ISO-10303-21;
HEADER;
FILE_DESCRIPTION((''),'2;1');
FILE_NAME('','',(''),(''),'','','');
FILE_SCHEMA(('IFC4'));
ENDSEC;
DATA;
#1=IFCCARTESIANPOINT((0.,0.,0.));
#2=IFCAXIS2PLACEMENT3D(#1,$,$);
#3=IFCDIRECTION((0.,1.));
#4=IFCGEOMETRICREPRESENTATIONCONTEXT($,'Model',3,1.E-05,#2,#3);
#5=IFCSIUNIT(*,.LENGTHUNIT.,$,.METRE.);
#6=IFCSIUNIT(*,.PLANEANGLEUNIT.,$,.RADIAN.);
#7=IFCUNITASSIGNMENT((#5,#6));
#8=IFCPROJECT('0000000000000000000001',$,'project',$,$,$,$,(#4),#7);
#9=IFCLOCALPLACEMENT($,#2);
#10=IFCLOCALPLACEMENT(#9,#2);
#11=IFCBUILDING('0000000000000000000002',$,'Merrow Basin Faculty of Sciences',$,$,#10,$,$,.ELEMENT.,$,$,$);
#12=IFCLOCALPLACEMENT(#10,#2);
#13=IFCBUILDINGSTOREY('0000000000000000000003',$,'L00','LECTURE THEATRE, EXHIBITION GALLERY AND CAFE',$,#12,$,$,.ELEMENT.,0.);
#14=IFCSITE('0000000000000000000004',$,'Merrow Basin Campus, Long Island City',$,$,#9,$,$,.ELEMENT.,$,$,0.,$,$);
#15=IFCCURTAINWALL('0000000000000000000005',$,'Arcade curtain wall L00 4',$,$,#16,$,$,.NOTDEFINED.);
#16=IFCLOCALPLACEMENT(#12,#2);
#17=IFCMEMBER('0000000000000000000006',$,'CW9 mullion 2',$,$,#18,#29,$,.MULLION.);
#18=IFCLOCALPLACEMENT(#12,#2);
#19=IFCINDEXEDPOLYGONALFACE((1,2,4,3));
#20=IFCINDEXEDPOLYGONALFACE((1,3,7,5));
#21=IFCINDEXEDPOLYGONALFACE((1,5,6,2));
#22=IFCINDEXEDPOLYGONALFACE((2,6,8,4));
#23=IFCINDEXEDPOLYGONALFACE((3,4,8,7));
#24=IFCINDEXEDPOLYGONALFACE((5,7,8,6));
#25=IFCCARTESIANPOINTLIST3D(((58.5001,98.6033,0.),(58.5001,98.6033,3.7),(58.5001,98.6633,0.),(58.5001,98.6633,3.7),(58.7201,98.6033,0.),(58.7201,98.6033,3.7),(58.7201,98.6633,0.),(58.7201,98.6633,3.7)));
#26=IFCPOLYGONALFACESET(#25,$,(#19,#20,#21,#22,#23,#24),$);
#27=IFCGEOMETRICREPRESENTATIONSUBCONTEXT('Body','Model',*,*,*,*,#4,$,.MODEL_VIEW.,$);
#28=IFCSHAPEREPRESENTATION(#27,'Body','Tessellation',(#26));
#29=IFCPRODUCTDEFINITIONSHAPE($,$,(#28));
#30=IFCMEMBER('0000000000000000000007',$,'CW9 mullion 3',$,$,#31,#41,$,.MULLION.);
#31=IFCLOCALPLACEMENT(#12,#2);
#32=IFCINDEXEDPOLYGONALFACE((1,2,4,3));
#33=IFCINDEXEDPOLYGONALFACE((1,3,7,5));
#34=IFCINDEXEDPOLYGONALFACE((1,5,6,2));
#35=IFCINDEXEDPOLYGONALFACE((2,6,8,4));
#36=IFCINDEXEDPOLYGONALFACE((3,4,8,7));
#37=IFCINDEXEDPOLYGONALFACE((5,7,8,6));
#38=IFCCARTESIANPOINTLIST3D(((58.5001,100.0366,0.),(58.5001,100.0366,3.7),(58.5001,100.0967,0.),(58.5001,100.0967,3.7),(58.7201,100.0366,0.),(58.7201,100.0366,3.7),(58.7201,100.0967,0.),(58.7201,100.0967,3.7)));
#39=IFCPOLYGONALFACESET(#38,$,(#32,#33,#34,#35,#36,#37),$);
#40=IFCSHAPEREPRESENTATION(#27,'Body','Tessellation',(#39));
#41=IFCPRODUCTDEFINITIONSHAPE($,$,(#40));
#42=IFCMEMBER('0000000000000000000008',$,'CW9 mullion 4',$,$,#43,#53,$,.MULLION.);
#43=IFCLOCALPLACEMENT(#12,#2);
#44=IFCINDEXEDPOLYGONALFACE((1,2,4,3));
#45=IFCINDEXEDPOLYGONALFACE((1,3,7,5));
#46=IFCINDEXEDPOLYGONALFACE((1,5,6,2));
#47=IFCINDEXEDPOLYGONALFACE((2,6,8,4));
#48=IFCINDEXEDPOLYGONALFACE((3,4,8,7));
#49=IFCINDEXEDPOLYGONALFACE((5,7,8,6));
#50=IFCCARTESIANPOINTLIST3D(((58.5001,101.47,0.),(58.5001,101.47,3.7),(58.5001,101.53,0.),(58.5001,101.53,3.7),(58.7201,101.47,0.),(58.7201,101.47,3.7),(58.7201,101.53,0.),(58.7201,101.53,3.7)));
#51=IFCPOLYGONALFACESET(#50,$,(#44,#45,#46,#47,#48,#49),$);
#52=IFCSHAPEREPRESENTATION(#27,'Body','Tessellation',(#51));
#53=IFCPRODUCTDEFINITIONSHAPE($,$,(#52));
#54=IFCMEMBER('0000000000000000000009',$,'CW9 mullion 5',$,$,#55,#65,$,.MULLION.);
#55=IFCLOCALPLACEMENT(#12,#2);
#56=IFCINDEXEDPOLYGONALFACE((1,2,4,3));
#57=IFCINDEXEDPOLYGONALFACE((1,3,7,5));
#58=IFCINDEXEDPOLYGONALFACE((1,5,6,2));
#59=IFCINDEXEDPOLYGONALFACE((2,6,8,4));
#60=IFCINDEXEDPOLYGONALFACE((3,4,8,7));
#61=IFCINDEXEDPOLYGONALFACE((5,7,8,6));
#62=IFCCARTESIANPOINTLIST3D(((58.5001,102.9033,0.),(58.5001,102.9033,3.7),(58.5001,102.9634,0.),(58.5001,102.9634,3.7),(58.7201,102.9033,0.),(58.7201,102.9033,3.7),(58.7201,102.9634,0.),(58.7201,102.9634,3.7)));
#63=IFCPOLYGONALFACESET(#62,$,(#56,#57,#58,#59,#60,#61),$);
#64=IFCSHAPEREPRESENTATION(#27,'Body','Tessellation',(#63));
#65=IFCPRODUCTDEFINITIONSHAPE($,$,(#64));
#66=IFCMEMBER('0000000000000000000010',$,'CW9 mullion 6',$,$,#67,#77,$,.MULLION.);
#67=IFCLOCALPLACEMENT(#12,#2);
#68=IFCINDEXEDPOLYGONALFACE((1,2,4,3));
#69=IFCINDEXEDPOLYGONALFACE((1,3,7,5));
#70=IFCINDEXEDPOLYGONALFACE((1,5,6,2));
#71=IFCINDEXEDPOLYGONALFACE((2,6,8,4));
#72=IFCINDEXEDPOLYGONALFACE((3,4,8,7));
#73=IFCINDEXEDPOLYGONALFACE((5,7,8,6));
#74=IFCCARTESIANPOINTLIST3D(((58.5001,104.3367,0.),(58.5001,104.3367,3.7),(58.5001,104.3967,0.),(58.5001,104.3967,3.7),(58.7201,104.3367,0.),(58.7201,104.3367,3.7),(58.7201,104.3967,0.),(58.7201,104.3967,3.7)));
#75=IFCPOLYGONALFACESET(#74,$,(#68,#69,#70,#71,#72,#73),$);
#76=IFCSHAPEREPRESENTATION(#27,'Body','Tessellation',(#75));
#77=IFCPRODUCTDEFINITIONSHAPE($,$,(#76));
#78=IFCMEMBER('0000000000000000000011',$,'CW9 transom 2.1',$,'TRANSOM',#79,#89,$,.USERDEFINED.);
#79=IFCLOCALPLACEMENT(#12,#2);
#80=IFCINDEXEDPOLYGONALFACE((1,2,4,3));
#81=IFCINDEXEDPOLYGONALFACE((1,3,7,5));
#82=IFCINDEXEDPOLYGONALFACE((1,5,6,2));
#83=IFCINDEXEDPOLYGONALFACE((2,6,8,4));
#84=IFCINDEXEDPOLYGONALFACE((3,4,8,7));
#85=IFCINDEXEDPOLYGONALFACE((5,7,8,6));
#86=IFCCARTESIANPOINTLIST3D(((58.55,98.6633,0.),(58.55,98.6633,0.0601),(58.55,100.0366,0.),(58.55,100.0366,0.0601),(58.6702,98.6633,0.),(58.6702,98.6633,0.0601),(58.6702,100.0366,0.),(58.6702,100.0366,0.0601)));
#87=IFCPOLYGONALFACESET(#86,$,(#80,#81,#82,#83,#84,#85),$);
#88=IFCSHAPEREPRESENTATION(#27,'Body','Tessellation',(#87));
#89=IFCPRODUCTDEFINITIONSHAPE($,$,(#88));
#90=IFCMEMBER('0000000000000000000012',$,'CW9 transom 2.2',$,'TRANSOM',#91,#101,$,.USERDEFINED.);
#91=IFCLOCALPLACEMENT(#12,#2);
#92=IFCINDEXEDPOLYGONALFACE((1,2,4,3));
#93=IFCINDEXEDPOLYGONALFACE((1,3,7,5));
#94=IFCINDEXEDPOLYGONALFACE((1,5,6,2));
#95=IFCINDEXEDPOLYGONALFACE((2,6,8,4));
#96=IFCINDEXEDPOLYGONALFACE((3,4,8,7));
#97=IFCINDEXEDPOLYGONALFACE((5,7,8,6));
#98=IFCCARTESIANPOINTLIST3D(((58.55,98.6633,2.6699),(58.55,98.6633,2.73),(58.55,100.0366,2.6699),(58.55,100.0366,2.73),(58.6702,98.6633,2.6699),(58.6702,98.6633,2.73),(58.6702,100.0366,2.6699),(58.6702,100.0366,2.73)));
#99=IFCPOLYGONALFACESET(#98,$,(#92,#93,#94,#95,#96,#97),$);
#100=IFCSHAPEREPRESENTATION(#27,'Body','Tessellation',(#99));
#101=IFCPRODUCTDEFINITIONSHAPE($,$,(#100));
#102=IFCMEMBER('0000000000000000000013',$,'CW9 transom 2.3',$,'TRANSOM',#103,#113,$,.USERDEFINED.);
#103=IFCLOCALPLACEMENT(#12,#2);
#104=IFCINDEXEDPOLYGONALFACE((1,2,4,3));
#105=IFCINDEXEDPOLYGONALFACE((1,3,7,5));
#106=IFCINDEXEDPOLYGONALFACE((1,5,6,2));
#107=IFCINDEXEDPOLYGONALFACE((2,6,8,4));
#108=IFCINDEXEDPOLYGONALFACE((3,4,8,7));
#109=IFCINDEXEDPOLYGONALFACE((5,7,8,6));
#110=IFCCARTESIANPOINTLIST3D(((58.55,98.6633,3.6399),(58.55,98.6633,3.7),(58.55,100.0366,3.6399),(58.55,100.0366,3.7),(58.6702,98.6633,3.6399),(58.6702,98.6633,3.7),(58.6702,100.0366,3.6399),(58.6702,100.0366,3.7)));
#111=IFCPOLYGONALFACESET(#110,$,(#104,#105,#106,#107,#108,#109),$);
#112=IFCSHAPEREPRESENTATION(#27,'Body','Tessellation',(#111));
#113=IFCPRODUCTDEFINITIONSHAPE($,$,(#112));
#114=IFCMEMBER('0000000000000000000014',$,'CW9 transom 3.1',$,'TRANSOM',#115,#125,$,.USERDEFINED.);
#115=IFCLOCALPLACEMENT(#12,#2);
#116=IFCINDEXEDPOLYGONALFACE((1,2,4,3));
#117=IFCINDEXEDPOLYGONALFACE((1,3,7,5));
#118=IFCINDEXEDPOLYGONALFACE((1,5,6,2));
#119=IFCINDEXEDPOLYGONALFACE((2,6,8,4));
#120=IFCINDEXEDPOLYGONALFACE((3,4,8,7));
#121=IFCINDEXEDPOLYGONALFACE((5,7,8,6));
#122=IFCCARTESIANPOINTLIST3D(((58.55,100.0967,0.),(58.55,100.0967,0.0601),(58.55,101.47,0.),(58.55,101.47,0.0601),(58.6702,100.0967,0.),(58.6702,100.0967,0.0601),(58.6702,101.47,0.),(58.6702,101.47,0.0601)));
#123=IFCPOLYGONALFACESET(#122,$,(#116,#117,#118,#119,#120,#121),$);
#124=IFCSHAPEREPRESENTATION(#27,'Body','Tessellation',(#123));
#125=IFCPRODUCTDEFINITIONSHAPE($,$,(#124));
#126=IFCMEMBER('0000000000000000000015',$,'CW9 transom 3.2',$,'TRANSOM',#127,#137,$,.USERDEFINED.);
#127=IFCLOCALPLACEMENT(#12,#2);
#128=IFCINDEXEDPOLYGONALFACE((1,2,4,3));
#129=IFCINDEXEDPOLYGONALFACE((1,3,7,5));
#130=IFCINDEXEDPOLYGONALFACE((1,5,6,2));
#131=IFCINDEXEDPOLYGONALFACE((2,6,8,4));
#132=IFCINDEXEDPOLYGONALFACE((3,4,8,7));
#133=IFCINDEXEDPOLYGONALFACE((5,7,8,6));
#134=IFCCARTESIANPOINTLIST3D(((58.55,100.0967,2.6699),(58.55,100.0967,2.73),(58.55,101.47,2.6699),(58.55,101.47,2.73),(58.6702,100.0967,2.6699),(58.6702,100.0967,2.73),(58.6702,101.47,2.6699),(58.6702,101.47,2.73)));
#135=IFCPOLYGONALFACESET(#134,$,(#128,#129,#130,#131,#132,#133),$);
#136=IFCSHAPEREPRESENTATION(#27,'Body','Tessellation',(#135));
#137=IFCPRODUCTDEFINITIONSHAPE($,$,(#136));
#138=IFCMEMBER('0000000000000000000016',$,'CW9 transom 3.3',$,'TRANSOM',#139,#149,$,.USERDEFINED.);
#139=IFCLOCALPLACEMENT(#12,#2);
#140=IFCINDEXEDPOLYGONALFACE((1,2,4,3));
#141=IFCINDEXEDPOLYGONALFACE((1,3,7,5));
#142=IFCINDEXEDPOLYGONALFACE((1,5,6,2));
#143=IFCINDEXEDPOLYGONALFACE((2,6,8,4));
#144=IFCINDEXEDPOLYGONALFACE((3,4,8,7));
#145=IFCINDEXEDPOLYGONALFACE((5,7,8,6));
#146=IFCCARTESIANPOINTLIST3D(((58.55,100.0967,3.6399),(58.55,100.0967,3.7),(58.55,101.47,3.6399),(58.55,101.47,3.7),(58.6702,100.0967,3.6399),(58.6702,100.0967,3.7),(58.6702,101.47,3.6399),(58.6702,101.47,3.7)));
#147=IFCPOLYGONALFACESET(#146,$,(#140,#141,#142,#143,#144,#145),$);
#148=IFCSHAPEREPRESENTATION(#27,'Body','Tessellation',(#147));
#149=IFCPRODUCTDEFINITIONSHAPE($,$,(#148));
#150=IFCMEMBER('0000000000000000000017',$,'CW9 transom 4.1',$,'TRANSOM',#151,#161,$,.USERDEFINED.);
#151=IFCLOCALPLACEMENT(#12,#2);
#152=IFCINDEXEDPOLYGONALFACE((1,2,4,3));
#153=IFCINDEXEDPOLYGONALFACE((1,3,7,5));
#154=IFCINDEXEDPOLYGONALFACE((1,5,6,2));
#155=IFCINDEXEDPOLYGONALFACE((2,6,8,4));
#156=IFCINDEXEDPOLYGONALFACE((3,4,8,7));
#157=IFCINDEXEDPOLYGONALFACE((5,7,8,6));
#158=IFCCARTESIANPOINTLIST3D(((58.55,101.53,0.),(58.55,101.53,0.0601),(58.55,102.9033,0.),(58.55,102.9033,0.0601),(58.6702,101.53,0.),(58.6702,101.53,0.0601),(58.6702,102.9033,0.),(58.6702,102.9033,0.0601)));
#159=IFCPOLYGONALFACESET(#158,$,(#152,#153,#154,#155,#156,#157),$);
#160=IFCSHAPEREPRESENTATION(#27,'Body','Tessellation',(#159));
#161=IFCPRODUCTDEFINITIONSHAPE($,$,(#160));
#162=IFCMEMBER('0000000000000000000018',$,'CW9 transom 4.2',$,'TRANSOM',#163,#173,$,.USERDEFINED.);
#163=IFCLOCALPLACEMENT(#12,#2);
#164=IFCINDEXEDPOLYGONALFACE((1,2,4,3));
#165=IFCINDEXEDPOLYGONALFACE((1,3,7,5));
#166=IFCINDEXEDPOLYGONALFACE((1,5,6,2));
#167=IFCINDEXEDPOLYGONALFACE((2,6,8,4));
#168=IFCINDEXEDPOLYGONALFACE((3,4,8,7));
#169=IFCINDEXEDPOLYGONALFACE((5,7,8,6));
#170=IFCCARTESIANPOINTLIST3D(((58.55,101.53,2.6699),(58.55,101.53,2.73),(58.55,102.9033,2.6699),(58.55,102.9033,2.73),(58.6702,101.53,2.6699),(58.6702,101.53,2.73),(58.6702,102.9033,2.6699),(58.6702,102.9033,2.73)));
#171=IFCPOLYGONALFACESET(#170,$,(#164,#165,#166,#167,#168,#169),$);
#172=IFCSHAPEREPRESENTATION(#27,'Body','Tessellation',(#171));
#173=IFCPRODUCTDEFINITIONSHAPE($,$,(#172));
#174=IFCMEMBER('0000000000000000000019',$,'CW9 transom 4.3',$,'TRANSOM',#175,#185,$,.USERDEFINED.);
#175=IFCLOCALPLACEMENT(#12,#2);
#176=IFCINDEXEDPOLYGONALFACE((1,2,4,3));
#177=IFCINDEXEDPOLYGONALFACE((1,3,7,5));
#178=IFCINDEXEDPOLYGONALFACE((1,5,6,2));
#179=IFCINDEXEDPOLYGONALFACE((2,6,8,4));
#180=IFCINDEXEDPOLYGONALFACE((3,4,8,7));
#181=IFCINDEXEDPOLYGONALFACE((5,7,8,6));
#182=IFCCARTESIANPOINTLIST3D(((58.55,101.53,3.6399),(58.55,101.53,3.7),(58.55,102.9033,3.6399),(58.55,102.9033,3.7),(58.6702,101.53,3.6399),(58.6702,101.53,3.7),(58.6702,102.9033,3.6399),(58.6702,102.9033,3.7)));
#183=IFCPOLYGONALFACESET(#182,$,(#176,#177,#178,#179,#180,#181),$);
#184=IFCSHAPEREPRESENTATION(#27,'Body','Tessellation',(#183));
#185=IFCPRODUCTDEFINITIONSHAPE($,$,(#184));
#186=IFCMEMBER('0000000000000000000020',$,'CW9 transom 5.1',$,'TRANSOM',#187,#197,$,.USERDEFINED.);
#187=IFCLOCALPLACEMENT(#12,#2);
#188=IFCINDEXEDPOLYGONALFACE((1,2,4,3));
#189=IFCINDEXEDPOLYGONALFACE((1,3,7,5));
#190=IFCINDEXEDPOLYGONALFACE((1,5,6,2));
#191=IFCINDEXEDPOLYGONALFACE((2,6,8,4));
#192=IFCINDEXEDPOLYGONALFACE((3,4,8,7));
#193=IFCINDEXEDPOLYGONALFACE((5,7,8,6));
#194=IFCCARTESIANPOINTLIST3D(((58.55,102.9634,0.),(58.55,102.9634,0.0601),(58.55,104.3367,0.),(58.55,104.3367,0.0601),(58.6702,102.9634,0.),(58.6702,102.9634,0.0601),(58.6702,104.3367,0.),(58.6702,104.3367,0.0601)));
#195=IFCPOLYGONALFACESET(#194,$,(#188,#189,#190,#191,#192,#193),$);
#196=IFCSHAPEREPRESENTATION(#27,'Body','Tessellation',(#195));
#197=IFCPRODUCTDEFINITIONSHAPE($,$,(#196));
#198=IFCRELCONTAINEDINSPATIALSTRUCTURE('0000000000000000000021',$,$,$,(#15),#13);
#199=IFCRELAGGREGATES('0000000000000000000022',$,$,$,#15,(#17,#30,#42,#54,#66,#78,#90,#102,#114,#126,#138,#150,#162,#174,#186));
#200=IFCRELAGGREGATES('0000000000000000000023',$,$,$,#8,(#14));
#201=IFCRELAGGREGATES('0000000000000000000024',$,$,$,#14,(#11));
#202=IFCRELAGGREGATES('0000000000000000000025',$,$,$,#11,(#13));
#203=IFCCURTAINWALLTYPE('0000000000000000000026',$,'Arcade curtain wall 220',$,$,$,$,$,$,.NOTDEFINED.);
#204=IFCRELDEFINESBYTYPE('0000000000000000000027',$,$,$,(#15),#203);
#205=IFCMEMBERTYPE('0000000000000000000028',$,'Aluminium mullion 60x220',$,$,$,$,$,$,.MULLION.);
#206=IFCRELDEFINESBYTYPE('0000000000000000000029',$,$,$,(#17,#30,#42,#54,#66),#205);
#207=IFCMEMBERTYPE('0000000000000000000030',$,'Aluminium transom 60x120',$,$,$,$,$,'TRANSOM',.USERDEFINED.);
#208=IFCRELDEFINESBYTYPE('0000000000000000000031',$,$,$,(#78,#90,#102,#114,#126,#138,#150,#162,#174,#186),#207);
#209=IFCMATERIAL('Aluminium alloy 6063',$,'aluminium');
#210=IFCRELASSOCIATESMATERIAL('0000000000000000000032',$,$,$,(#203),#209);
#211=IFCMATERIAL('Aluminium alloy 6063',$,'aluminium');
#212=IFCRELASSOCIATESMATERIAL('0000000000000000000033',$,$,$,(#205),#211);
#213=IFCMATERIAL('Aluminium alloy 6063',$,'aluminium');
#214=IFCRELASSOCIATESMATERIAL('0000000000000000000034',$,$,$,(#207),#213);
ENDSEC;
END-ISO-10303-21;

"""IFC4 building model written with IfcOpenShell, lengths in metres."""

from ifc_helpers import new_model, si_unit, direction, frame, origin, origin_2d, place, context, subcontext, project, spatial, rectangle, extrude, material, material_profile, profile_set, type_object, element, aggregate, save


model = new_model("IFC4")

# Units and contexts
model_context = context("Model", 3, precision=1e-05, world=origin(), true_north=direction((0.0, 1.0)))
body_context = subcontext(model_context, "Body", "Model", "MODEL_VIEW")
ifc_project = project(units=[si_unit("LENGTHUNIT", "METRE"), si_unit("PLANEANGLEUNIT", "RADIAN")], contexts=[model_context])

# Site, building, storey
site_placement = place(None, origin())
site = spatial("IfcSite", under=ifc_project, at=site_placement, Name="Merrow Basin Campus, Long Island City", CompositionType="ELEMENT", RefElevation=0.0)
building_placement = place(site_placement, origin())
building = spatial("IfcBuilding", under=site, at=building_placement, Name="Merrow Basin Faculty of Sciences", CompositionType="ELEMENT")
storey_placement = place(building_placement, origin())
storey = spatial("IfcBuildingStorey", under=building, at=storey_placement, Name="L00", Description="LECTURE THEATRE, EXHIBITION GALLERY AND CAFE", CompositionType="ELEMENT", Elevation=0.0)

# Curtain wall, members
ifc_material_1 = material(Name="Aluminium alloy 6063", Category="aluminium")
curtain_wall_type = type_object("IfcCurtainWallType", Name="Arcade curtain wall 220", PredefinedType="NOTDEFINED", material=ifc_material_1)
curtain_wall_placement = place(storey_placement, origin())
curtain_wall = element("IfcCurtainWall", 1, at=curtain_wall_placement, inside=storey, type_object=curtain_wall_type, Name="Arcade curtain wall L00 4", PredefinedType="NOTDEFINED")
ifc_material_2 = material(Name="Aluminium alloy 6063", Category="aluminium")
ifc_material_profile_1 = material_profile(ifc_material_2, rectangle(XDim=0.22, YDim=0.0601, at=origin_2d()))
ifc_profile_set_1 = profile_set([ifc_material_profile_1], Name="Aluminium alloy 6063")
member_type_1 = type_object("IfcMemberType", Name="Aluminium mullion 60x220", PredefinedType="MULLION", material=ifc_profile_set_1)
member_1_placement = place(storey_placement, frame((58.6101, 98.6333, 0.0), z_axis=(0.0, 0.0, 1.0), x_axis=(-1.0, 0.0, 0.0)))
member_1 = element("IfcMember", 2, at=member_1_placement, type_object=member_type_1, Name="CW9 mullion 2", PredefinedType="MULLION", context=body_context, shape_type="SweptSolid", body=[
    extrude(rectangle(XDim=0.22, YDim=0.0601, at=origin_2d()), origin(), (0.0, 0.0, 1.0), 3.7),
])
member_2_placement = place(storey_placement, frame((58.6101, 100.0667, 0.0), z_axis=(0.0, 0.0, 1.0), x_axis=(-1.0, 0.0, 0.0)))
member_2 = element("IfcMember", 3, at=member_2_placement, type_object=member_type_1, Name="CW9 mullion 3", PredefinedType="MULLION", context=body_context, shape_type="SweptSolid", body=[
    extrude(rectangle(XDim=0.22, YDim=0.0601, at=origin_2d()), origin(), (0.0, 0.0, 1.0), 3.7),
])
member_3_placement = place(storey_placement, frame((58.6101, 101.5, 0.0), z_axis=(0.0, 0.0, 1.0), x_axis=(-1.0, 0.0, 0.0)))
member_3 = element("IfcMember", 4, at=member_3_placement, type_object=member_type_1, Name="CW9 mullion 4", PredefinedType="MULLION", context=body_context, shape_type="SweptSolid", body=[
    extrude(rectangle(XDim=0.22, YDim=0.0601, at=origin_2d()), origin(), (0.0, 0.0, 1.0), 3.7),
])
member_4_placement = place(storey_placement, frame((58.6101, 102.9333, 0.0), z_axis=(0.0, 0.0, 1.0), x_axis=(-1.0, 0.0, 0.0)))
member_4 = element("IfcMember", 5, at=member_4_placement, type_object=member_type_1, Name="CW9 mullion 5", PredefinedType="MULLION", context=body_context, shape_type="SweptSolid", body=[
    extrude(rectangle(XDim=0.22, YDim=0.0601, at=origin_2d()), origin(), (0.0, 0.0, 1.0), 3.7),
])
member_5_placement = place(storey_placement, frame((58.6101, 104.3667, 0.0), z_axis=(0.0, 0.0, 1.0), x_axis=(-1.0, 0.0, 0.0)))
member_5 = element("IfcMember", 6, at=member_5_placement, type_object=member_type_1, Name="CW9 mullion 6", PredefinedType="MULLION", context=body_context, shape_type="SweptSolid", body=[
    extrude(rectangle(XDim=0.22, YDim=0.0601, at=origin_2d()), origin(), (0.0, 0.0, 1.0), 3.7),
])
ifc_material_3 = material(Name="Aluminium alloy 6063", Category="aluminium")
ifc_material_profile_2 = material_profile(ifc_material_3, rectangle(XDim=0.1201, YDim=0.0601, at=origin_2d()))
ifc_profile_set_2 = profile_set([ifc_material_profile_2], Name="Aluminium alloy 6063")
member_type_2 = type_object("IfcMemberType", Name="Aluminium transom 60x120", ElementType="TRANSOM", PredefinedType="USERDEFINED", material=ifc_profile_set_2)
member_6_placement = place(storey_placement, frame((58.6101, 98.6633, 0.03), z_axis=(0.0, 1.0, 0.0), x_axis=(-1.0, 0.0, 0.0)))
member_6 = element("IfcMember", 7, at=member_6_placement, type_object=member_type_2, Name="CW9 transom 2.1", ObjectType="TRANSOM", PredefinedType="USERDEFINED", context=body_context, shape_type="SweptSolid", body=[
    extrude(rectangle(XDim=0.1201, YDim=0.0601, at=origin_2d()), origin(), (0.0, 0.0, 1.0), 1.3733),
])
member_7_placement = place(storey_placement, frame((58.6101, 98.6633, 2.7), z_axis=(0.0, 1.0, 0.0), x_axis=(-1.0, 0.0, 0.0)))
member_7 = element("IfcMember", 8, at=member_7_placement, type_object=member_type_2, Name="CW9 transom 2.2", ObjectType="TRANSOM", PredefinedType="USERDEFINED", context=body_context, shape_type="SweptSolid", body=[
    extrude(rectangle(XDim=0.1201, YDim=0.0601, at=origin_2d()), origin(), (0.0, 0.0, 1.0), 1.3733),
])
member_8_placement = place(storey_placement, frame((58.6101, 98.6633, 3.6699), z_axis=(0.0, 1.0, 0.0), x_axis=(-1.0, 0.0, 0.0)))
member_8 = element("IfcMember", 9, at=member_8_placement, type_object=member_type_2, Name="CW9 transom 2.3", ObjectType="TRANSOM", PredefinedType="USERDEFINED", context=body_context, shape_type="SweptSolid", body=[
    extrude(rectangle(XDim=0.1201, YDim=0.0601, at=origin_2d()), origin(), (0.0, 0.0, 1.0), 1.3733),
])
member_9_placement = place(storey_placement, frame((58.6101, 100.0967, 0.03), z_axis=(0.0, 1.0, 0.0), x_axis=(-1.0, 0.0, 0.0)))
member_9 = element("IfcMember", 10, at=member_9_placement, type_object=member_type_2, Name="CW9 transom 3.1", ObjectType="TRANSOM", PredefinedType="USERDEFINED", context=body_context, shape_type="SweptSolid", body=[
    extrude(rectangle(XDim=0.1201, YDim=0.0601, at=origin_2d()), origin(), (0.0, 0.0, 1.0), 1.3733),
])
member_10_placement = place(storey_placement, frame((58.6101, 100.0967, 2.7), z_axis=(0.0, 1.0, 0.0), x_axis=(-1.0, 0.0, 0.0)))
member_10 = element("IfcMember", 11, at=member_10_placement, type_object=member_type_2, Name="CW9 transom 3.2", ObjectType="TRANSOM", PredefinedType="USERDEFINED", context=body_context, shape_type="SweptSolid", body=[
    extrude(rectangle(XDim=0.1201, YDim=0.0601, at=origin_2d()), origin(), (0.0, 0.0, 1.0), 1.3733),
])
member_11_placement = place(storey_placement, frame((58.6101, 100.0967, 3.6699), z_axis=(0.0, 1.0, 0.0), x_axis=(-1.0, 0.0, 0.0)))
member_11 = element("IfcMember", 12, at=member_11_placement, type_object=member_type_2, Name="CW9 transom 3.3", ObjectType="TRANSOM", PredefinedType="USERDEFINED", context=body_context, shape_type="SweptSolid", body=[
    extrude(rectangle(XDim=0.1201, YDim=0.0601, at=origin_2d()), origin(), (0.0, 0.0, 1.0), 1.3733),
])
member_12_placement = place(storey_placement, frame((58.6101, 101.53, 0.03), z_axis=(0.0, 1.0, 0.0), x_axis=(-1.0, 0.0, 0.0)))
member_12 = element("IfcMember", 13, at=member_12_placement, type_object=member_type_2, Name="CW9 transom 4.1", ObjectType="TRANSOM", PredefinedType="USERDEFINED", context=body_context, shape_type="SweptSolid", body=[
    extrude(rectangle(XDim=0.1201, YDim=0.0601, at=origin_2d()), origin(), (0.0, 0.0, 1.0), 1.3733),
])
member_13_placement = place(storey_placement, frame((58.6101, 101.53, 2.7), z_axis=(0.0, 1.0, 0.0), x_axis=(-1.0, 0.0, 0.0)))
member_13 = element("IfcMember", 14, at=member_13_placement, type_object=member_type_2, Name="CW9 transom 4.2", ObjectType="TRANSOM", PredefinedType="USERDEFINED", context=body_context, shape_type="SweptSolid", body=[
    extrude(rectangle(XDim=0.1201, YDim=0.0601, at=origin_2d()), origin(), (0.0, 0.0, 1.0), 1.3733),
])
member_14_placement = place(storey_placement, frame((58.6101, 101.53, 3.6699), z_axis=(0.0, 1.0, 0.0), x_axis=(-1.0, 0.0, 0.0)))
member_14 = element("IfcMember", 15, at=member_14_placement, type_object=member_type_2, Name="CW9 transom 4.3", ObjectType="TRANSOM", PredefinedType="USERDEFINED", context=body_context, shape_type="SweptSolid", body=[
    extrude(rectangle(XDim=0.1201, YDim=0.0601, at=origin_2d()), origin(), (0.0, 0.0, 1.0), 1.3733),
])
member_15_placement = place(storey_placement, frame((58.6101, 102.9634, 0.03), z_axis=(0.0, 1.0, 0.0), x_axis=(-1.0, 0.0, 0.0)))
member_15 = element("IfcMember", 16, at=member_15_placement, type_object=member_type_2, Name="CW9 transom 5.1", ObjectType="TRANSOM", PredefinedType="USERDEFINED", context=body_context, shape_type="SweptSolid", body=[
    extrude(rectangle(XDim=0.1201, YDim=0.0601, at=origin_2d()), origin(), (0.0, 0.0, 1.0), 1.3733),
])
aggregate(curtain_wall, [member_1, member_2, member_3, member_4, member_5, member_6, member_7, member_8, member_9, member_10, member_11, member_12, member_13, member_14, member_15])

save(model, "model.ifc")
